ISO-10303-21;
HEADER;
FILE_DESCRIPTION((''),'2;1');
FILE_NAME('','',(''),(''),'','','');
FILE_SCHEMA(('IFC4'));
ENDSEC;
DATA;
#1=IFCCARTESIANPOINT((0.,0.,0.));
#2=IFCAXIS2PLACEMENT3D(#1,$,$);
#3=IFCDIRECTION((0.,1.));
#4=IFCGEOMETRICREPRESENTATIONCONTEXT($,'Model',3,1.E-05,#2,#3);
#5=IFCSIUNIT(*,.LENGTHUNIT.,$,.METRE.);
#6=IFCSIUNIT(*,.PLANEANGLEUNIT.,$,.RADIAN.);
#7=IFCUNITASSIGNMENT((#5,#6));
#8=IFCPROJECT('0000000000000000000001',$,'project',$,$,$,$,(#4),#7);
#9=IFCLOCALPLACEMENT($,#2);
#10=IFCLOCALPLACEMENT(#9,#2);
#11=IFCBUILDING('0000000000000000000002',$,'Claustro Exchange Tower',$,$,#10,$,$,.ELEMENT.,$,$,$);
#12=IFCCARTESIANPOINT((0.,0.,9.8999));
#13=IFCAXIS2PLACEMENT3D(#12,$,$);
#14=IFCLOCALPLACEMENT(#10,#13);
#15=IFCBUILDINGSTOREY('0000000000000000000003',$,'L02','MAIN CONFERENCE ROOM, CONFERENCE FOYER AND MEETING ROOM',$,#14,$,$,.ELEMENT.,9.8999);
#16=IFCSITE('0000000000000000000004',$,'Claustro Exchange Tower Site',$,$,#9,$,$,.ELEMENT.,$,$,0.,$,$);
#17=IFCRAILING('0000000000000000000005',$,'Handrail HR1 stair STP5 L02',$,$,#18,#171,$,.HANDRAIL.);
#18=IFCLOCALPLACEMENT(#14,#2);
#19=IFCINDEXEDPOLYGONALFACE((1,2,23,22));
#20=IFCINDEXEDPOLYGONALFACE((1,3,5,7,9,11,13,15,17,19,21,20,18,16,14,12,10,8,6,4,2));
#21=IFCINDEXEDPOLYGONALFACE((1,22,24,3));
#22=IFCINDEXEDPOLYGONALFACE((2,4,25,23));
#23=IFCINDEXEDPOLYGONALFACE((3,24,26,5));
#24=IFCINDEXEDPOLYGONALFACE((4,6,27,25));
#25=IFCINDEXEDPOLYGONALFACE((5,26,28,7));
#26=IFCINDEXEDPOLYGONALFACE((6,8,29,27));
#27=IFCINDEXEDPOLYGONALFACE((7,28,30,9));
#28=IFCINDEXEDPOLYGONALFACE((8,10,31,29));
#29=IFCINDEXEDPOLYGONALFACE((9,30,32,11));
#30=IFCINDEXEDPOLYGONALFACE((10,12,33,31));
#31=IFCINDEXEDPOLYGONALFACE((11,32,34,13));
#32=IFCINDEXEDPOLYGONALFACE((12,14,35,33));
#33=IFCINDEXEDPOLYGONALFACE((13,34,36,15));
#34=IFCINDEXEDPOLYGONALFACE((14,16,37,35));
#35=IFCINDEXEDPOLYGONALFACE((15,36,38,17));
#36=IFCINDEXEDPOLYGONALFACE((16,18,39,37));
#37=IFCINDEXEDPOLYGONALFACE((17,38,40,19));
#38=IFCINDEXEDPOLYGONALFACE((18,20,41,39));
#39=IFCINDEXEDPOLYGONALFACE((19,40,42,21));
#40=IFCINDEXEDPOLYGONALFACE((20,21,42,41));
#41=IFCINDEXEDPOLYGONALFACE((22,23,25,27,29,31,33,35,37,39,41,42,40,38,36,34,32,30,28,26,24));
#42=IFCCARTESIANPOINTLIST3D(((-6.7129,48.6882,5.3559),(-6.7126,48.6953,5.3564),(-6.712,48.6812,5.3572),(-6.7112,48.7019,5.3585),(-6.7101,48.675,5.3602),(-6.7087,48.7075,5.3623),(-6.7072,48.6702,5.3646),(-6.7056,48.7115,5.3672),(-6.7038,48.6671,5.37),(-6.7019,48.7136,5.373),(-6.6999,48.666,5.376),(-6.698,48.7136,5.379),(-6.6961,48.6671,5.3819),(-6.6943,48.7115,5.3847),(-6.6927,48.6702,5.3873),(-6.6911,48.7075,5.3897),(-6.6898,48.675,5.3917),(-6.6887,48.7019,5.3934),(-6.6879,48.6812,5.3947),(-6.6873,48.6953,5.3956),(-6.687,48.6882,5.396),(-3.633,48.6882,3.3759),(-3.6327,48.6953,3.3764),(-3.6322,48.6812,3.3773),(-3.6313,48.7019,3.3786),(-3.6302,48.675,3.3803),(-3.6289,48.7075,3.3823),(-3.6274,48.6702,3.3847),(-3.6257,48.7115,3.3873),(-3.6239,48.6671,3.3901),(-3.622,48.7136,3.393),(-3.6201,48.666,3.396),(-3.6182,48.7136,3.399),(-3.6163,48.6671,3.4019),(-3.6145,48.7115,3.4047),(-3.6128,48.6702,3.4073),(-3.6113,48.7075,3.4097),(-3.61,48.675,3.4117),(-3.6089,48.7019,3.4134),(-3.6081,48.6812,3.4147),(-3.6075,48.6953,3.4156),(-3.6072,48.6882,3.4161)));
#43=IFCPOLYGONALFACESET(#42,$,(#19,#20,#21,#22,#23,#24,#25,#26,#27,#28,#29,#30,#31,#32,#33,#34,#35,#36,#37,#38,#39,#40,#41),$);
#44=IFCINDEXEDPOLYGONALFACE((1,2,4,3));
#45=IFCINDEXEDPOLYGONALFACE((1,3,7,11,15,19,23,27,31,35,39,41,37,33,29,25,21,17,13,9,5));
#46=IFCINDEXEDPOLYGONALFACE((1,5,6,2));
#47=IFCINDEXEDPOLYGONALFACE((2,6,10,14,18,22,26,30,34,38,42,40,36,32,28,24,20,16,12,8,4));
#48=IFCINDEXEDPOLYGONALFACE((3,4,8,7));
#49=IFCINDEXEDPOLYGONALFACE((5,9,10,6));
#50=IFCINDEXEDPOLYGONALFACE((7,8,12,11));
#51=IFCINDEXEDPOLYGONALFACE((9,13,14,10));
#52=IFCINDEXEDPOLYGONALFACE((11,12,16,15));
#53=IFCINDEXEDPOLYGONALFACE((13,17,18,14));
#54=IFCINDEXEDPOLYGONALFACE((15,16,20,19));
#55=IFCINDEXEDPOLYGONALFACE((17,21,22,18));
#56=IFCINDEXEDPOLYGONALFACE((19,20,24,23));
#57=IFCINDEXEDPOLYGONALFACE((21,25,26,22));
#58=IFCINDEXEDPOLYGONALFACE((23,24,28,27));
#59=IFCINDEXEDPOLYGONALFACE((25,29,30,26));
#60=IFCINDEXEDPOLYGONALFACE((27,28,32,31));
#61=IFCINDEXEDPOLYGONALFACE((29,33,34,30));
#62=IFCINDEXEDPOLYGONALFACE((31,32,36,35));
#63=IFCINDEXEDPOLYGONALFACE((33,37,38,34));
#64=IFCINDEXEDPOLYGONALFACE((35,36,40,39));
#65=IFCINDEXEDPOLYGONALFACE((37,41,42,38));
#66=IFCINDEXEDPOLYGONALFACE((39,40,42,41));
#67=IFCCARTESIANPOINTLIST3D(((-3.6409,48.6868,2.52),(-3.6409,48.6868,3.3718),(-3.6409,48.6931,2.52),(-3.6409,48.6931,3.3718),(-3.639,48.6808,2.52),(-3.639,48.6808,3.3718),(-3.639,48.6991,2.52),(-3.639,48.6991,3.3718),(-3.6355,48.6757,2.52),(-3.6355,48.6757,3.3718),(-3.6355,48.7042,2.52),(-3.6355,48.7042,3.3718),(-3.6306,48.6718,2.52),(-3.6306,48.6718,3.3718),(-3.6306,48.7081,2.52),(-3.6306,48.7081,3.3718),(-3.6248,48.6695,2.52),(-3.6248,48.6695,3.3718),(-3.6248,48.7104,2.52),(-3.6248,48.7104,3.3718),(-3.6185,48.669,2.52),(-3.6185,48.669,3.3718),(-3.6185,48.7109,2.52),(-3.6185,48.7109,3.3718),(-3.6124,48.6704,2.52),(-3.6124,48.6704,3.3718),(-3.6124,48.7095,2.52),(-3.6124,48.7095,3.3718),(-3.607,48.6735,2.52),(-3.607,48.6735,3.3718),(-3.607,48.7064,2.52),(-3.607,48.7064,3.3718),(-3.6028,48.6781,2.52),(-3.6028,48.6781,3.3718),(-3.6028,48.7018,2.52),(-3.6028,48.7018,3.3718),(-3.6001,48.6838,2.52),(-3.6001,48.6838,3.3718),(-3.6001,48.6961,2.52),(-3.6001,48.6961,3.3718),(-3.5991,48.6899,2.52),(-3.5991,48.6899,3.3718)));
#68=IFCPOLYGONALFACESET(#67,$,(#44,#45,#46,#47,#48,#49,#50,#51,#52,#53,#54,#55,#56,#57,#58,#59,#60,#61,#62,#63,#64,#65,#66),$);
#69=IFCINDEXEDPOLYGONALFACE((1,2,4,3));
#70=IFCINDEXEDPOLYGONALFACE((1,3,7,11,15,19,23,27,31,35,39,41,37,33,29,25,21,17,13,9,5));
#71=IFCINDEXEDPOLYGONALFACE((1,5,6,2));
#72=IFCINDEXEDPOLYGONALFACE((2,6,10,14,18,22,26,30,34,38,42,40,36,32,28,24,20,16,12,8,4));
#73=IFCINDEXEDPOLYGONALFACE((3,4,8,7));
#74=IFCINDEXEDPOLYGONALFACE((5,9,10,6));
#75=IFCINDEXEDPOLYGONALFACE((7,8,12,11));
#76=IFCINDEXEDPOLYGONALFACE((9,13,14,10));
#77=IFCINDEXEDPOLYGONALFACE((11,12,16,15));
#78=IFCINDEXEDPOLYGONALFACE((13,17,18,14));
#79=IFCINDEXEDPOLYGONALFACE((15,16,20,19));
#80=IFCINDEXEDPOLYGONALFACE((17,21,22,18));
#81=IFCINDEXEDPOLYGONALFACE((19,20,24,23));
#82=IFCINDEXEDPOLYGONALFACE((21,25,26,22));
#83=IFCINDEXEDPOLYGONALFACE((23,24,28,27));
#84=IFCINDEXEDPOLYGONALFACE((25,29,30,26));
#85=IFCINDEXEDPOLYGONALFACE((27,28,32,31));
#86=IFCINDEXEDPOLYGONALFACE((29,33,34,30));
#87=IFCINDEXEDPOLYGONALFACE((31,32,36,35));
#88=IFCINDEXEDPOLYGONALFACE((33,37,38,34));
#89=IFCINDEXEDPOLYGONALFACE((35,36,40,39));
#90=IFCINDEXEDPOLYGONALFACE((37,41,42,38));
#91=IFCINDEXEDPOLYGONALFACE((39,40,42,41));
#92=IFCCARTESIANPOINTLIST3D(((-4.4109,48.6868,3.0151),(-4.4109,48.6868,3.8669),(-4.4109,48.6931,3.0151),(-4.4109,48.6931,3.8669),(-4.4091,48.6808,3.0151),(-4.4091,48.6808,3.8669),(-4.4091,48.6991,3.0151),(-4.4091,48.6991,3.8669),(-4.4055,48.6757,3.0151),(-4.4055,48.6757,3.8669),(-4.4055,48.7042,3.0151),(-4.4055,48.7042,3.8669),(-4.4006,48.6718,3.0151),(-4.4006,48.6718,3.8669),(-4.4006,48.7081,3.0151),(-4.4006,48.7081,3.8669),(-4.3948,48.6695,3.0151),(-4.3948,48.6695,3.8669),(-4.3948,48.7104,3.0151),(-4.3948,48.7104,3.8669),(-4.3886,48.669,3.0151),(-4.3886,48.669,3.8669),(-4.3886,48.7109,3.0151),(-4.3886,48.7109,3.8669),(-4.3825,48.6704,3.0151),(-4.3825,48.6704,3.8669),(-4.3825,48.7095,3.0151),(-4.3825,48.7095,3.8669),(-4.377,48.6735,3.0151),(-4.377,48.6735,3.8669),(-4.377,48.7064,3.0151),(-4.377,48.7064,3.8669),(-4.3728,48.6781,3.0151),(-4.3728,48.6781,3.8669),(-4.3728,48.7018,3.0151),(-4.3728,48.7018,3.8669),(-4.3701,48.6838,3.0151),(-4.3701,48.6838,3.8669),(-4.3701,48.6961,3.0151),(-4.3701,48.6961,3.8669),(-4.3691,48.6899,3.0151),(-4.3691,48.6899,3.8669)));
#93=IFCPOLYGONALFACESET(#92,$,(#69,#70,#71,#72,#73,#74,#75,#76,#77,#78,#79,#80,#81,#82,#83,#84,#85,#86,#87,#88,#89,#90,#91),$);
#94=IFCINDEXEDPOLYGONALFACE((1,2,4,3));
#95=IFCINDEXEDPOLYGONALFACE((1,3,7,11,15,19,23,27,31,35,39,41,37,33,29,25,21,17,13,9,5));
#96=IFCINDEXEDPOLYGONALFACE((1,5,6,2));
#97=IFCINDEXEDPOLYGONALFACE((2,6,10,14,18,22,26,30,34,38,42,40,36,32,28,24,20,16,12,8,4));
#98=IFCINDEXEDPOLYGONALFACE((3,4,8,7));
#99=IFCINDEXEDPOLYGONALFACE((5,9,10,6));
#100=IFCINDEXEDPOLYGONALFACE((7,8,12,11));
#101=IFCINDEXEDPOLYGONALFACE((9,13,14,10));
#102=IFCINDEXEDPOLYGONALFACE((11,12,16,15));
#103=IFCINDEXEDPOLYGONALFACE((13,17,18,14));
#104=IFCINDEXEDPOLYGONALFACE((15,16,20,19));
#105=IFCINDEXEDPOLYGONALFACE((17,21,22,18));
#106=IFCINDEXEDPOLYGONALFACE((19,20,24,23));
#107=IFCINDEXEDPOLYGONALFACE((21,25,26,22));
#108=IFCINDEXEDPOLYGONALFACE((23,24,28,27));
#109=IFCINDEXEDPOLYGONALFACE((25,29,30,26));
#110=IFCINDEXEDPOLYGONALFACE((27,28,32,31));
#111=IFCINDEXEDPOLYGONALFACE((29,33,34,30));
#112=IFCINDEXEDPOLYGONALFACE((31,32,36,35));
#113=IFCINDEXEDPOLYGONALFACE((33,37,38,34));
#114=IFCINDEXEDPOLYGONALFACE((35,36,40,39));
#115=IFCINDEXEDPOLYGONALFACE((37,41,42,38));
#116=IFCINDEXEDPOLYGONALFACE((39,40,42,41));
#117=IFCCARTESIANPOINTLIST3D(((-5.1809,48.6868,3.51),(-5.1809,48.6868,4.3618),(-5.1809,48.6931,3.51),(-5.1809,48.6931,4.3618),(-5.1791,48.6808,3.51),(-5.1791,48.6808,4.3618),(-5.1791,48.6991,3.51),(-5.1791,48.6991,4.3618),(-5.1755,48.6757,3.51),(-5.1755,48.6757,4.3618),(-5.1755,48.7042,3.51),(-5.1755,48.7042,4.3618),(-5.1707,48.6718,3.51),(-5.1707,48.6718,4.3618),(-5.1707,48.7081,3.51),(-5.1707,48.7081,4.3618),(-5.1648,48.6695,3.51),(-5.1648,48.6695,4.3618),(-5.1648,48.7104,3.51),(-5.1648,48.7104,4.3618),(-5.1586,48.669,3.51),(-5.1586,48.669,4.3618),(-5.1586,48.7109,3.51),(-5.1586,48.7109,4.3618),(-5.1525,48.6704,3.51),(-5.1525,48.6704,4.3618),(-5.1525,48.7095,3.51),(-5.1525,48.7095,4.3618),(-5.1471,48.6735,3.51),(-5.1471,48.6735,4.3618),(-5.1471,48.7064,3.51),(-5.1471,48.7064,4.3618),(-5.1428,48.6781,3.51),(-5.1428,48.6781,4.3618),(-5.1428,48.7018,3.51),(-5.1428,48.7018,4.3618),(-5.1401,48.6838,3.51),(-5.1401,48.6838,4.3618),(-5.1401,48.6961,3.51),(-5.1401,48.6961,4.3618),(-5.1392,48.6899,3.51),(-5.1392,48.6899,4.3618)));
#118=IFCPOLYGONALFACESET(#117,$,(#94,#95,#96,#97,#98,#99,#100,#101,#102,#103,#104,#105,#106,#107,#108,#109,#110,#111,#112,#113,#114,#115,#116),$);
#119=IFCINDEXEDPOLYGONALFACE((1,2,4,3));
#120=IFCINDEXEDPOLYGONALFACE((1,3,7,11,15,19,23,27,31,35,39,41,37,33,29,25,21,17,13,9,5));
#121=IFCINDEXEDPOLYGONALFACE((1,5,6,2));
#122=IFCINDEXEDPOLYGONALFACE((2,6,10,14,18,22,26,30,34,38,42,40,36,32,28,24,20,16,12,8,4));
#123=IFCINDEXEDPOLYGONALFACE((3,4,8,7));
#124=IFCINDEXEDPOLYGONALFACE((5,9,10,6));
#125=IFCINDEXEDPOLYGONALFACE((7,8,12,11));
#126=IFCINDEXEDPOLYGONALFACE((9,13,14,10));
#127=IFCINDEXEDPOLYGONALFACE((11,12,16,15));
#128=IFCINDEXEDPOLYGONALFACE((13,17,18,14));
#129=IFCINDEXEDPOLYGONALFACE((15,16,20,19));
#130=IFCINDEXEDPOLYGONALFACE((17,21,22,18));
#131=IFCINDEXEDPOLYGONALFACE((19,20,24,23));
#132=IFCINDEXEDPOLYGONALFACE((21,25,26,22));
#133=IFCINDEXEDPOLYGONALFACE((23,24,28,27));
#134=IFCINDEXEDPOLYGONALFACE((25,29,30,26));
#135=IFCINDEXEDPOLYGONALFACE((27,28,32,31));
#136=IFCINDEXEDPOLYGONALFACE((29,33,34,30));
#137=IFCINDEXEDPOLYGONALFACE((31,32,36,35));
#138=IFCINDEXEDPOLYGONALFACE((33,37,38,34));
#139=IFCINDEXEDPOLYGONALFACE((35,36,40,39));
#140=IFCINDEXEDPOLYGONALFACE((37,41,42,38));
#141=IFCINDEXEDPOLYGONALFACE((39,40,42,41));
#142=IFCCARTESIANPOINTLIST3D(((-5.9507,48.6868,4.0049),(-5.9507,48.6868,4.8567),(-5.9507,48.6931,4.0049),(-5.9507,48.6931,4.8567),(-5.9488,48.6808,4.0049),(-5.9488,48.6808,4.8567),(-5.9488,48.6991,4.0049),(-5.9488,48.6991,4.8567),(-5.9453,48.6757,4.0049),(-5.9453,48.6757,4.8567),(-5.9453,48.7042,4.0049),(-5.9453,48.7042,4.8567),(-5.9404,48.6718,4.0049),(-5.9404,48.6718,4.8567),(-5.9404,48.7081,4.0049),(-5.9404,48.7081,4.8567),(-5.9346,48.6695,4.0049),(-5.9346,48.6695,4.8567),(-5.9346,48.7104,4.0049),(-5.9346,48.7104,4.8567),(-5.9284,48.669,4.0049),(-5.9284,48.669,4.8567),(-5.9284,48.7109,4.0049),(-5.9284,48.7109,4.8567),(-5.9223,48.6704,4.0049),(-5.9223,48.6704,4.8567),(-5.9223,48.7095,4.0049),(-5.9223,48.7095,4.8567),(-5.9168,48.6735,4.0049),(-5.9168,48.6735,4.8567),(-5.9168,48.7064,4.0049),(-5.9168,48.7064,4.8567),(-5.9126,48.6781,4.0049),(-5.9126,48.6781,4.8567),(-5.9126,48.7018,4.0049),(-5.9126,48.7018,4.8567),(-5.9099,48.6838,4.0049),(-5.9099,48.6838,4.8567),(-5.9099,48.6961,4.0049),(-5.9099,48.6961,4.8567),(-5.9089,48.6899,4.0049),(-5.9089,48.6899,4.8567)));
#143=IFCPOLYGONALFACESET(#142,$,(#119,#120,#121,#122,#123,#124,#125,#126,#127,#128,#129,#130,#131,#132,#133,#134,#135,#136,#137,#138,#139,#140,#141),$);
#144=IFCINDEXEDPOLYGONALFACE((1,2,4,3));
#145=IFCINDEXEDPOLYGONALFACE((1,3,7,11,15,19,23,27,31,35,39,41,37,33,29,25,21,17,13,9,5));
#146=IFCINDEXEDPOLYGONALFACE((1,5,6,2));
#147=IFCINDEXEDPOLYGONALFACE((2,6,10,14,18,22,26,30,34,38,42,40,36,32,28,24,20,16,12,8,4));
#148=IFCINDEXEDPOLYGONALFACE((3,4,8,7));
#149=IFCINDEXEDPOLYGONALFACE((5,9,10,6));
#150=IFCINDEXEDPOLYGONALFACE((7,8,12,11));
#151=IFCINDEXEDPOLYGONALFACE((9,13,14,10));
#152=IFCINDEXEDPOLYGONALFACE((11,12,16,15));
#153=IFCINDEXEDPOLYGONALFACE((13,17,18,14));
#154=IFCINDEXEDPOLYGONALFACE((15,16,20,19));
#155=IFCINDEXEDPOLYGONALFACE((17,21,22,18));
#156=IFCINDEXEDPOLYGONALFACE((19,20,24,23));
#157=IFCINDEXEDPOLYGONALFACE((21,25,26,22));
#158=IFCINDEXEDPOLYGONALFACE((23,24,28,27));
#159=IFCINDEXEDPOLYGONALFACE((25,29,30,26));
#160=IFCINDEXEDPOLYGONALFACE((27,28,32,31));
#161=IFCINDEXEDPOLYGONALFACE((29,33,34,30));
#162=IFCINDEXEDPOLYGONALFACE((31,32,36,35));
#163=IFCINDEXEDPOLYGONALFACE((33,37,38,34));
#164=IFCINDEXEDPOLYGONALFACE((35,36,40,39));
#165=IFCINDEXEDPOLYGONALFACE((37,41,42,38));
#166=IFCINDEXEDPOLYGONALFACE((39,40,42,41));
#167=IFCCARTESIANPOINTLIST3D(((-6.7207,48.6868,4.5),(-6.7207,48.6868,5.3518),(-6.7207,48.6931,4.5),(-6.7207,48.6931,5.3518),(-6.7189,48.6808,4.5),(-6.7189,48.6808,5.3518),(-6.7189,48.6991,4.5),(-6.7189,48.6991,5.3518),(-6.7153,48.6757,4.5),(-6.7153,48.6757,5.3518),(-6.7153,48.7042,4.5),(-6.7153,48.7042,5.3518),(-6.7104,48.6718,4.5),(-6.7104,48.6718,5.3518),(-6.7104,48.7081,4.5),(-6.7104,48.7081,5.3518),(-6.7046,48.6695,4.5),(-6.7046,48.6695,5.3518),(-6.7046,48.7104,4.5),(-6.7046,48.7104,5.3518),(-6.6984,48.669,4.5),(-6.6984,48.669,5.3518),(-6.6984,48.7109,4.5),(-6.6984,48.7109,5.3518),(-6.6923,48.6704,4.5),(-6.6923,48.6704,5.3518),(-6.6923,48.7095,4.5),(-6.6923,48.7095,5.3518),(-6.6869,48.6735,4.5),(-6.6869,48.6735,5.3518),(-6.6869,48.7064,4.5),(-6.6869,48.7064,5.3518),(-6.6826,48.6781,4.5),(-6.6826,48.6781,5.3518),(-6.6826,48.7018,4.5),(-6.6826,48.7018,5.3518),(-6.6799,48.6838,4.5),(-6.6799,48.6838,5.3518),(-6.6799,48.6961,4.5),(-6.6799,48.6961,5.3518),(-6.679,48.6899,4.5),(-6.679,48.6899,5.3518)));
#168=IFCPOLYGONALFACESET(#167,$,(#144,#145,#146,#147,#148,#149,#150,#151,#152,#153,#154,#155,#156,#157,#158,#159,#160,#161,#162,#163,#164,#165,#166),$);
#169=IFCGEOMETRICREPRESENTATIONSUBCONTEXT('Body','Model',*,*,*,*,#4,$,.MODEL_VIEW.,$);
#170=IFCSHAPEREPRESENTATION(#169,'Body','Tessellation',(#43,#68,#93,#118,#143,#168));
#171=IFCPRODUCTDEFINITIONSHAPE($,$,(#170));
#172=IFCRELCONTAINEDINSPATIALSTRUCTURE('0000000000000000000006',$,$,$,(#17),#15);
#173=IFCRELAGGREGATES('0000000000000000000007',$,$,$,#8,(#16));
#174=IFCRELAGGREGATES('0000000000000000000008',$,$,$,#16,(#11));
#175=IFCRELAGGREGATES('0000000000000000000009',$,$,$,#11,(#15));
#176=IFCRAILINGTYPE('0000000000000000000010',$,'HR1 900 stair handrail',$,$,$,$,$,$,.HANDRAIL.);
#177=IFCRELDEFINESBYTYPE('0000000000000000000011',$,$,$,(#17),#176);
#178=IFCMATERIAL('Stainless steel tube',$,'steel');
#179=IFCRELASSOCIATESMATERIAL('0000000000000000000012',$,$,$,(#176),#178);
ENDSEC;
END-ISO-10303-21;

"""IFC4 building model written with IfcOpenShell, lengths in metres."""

from ifc_helpers import new_model, si_unit, direction, frame, origin, origin_2d, place, context, subcontext, project, spatial, circle, extrude, material, type_object, element, save


model = new_model("IFC4")

# Units and contexts
model_context = context("Model", 3, precision=1e-05, world=origin(), true_north=direction((0.0, 1.0)))
body_context = subcontext(model_context, "Body", "Model", "MODEL_VIEW")
ifc_project = project(units=[si_unit("LENGTHUNIT", "METRE"), si_unit("PLANEANGLEUNIT", "RADIAN")], contexts=[model_context])

# Site, building, storey
site_placement = place(None, origin())
site = spatial("IfcSite", under=ifc_project, at=site_placement, Name="Claustro Exchange Tower Site", CompositionType="ELEMENT", RefElevation=0.0)
building_placement = place(site_placement, origin())
building = spatial("IfcBuilding", under=site, at=building_placement, Name="Claustro Exchange Tower", CompositionType="ELEMENT")
storey_placement = place(building_placement, frame((0.0, 0.0, 9.8999)))
storey = spatial("IfcBuildingStorey", under=building, at=storey_placement, Name="L02", Description="MAIN CONFERENCE ROOM, CONFERENCE FOYER AND MEETING ROOM", CompositionType="ELEMENT", Elevation=9.8999)

# Railing
ifc_material_1 = material(Name="Stainless steel tube", Category="steel")
railing_type_1 = type_object("IfcRailingType", Name="HR1 900 stair handrail", PredefinedType="HANDRAIL", material=ifc_material_1)
railing_1_placement = place(storey_placement, frame((-3.6201, 48.6899, 2.52)))
element("IfcRailing", 1, at=railing_1_placement, inside=storey, type_object=railing_type_1, Name="Handrail HR1 stair STP5 L02", PredefinedType="HANDRAIL", context=body_context, shape_type="SweptSolid", body=[
    extrude(circle(Radius=0.0239, at=origin_2d()), frame((0.0, 0.0, 0.876), z_axis=(-0.841168, 0.0, 0.540774), x_axis=(0.0, -1.0, 0.0)), (0.0, 0.0, 1.0), 3.6614),
    extrude(circle(Radius=0.021, at=origin_2d()), origin(), (0.0, 0.0, 1.0), 0.8518),
    extrude(circle(Radius=0.021, at=origin_2d()), frame((-0.77, 0.0, 0.4951)), (0.0, 0.0, 1.0), 0.8518),
    extrude(circle(Radius=0.021, at=origin_2d()), frame((-1.54, 0.0, 0.99)), (0.0, 0.0, 1.0), 0.8518),
    extrude(circle(Radius=0.021, at=origin_2d()), frame((-2.3098, 0.0, 1.4849)), (0.0, 0.0, 1.0), 0.8518),
    extrude(circle(Radius=0.021, at=origin_2d()), frame((-3.0798, 0.0, 1.98)), (0.0, 0.0, 1.0), 0.8518),
])

save(model, "model.ifc")
